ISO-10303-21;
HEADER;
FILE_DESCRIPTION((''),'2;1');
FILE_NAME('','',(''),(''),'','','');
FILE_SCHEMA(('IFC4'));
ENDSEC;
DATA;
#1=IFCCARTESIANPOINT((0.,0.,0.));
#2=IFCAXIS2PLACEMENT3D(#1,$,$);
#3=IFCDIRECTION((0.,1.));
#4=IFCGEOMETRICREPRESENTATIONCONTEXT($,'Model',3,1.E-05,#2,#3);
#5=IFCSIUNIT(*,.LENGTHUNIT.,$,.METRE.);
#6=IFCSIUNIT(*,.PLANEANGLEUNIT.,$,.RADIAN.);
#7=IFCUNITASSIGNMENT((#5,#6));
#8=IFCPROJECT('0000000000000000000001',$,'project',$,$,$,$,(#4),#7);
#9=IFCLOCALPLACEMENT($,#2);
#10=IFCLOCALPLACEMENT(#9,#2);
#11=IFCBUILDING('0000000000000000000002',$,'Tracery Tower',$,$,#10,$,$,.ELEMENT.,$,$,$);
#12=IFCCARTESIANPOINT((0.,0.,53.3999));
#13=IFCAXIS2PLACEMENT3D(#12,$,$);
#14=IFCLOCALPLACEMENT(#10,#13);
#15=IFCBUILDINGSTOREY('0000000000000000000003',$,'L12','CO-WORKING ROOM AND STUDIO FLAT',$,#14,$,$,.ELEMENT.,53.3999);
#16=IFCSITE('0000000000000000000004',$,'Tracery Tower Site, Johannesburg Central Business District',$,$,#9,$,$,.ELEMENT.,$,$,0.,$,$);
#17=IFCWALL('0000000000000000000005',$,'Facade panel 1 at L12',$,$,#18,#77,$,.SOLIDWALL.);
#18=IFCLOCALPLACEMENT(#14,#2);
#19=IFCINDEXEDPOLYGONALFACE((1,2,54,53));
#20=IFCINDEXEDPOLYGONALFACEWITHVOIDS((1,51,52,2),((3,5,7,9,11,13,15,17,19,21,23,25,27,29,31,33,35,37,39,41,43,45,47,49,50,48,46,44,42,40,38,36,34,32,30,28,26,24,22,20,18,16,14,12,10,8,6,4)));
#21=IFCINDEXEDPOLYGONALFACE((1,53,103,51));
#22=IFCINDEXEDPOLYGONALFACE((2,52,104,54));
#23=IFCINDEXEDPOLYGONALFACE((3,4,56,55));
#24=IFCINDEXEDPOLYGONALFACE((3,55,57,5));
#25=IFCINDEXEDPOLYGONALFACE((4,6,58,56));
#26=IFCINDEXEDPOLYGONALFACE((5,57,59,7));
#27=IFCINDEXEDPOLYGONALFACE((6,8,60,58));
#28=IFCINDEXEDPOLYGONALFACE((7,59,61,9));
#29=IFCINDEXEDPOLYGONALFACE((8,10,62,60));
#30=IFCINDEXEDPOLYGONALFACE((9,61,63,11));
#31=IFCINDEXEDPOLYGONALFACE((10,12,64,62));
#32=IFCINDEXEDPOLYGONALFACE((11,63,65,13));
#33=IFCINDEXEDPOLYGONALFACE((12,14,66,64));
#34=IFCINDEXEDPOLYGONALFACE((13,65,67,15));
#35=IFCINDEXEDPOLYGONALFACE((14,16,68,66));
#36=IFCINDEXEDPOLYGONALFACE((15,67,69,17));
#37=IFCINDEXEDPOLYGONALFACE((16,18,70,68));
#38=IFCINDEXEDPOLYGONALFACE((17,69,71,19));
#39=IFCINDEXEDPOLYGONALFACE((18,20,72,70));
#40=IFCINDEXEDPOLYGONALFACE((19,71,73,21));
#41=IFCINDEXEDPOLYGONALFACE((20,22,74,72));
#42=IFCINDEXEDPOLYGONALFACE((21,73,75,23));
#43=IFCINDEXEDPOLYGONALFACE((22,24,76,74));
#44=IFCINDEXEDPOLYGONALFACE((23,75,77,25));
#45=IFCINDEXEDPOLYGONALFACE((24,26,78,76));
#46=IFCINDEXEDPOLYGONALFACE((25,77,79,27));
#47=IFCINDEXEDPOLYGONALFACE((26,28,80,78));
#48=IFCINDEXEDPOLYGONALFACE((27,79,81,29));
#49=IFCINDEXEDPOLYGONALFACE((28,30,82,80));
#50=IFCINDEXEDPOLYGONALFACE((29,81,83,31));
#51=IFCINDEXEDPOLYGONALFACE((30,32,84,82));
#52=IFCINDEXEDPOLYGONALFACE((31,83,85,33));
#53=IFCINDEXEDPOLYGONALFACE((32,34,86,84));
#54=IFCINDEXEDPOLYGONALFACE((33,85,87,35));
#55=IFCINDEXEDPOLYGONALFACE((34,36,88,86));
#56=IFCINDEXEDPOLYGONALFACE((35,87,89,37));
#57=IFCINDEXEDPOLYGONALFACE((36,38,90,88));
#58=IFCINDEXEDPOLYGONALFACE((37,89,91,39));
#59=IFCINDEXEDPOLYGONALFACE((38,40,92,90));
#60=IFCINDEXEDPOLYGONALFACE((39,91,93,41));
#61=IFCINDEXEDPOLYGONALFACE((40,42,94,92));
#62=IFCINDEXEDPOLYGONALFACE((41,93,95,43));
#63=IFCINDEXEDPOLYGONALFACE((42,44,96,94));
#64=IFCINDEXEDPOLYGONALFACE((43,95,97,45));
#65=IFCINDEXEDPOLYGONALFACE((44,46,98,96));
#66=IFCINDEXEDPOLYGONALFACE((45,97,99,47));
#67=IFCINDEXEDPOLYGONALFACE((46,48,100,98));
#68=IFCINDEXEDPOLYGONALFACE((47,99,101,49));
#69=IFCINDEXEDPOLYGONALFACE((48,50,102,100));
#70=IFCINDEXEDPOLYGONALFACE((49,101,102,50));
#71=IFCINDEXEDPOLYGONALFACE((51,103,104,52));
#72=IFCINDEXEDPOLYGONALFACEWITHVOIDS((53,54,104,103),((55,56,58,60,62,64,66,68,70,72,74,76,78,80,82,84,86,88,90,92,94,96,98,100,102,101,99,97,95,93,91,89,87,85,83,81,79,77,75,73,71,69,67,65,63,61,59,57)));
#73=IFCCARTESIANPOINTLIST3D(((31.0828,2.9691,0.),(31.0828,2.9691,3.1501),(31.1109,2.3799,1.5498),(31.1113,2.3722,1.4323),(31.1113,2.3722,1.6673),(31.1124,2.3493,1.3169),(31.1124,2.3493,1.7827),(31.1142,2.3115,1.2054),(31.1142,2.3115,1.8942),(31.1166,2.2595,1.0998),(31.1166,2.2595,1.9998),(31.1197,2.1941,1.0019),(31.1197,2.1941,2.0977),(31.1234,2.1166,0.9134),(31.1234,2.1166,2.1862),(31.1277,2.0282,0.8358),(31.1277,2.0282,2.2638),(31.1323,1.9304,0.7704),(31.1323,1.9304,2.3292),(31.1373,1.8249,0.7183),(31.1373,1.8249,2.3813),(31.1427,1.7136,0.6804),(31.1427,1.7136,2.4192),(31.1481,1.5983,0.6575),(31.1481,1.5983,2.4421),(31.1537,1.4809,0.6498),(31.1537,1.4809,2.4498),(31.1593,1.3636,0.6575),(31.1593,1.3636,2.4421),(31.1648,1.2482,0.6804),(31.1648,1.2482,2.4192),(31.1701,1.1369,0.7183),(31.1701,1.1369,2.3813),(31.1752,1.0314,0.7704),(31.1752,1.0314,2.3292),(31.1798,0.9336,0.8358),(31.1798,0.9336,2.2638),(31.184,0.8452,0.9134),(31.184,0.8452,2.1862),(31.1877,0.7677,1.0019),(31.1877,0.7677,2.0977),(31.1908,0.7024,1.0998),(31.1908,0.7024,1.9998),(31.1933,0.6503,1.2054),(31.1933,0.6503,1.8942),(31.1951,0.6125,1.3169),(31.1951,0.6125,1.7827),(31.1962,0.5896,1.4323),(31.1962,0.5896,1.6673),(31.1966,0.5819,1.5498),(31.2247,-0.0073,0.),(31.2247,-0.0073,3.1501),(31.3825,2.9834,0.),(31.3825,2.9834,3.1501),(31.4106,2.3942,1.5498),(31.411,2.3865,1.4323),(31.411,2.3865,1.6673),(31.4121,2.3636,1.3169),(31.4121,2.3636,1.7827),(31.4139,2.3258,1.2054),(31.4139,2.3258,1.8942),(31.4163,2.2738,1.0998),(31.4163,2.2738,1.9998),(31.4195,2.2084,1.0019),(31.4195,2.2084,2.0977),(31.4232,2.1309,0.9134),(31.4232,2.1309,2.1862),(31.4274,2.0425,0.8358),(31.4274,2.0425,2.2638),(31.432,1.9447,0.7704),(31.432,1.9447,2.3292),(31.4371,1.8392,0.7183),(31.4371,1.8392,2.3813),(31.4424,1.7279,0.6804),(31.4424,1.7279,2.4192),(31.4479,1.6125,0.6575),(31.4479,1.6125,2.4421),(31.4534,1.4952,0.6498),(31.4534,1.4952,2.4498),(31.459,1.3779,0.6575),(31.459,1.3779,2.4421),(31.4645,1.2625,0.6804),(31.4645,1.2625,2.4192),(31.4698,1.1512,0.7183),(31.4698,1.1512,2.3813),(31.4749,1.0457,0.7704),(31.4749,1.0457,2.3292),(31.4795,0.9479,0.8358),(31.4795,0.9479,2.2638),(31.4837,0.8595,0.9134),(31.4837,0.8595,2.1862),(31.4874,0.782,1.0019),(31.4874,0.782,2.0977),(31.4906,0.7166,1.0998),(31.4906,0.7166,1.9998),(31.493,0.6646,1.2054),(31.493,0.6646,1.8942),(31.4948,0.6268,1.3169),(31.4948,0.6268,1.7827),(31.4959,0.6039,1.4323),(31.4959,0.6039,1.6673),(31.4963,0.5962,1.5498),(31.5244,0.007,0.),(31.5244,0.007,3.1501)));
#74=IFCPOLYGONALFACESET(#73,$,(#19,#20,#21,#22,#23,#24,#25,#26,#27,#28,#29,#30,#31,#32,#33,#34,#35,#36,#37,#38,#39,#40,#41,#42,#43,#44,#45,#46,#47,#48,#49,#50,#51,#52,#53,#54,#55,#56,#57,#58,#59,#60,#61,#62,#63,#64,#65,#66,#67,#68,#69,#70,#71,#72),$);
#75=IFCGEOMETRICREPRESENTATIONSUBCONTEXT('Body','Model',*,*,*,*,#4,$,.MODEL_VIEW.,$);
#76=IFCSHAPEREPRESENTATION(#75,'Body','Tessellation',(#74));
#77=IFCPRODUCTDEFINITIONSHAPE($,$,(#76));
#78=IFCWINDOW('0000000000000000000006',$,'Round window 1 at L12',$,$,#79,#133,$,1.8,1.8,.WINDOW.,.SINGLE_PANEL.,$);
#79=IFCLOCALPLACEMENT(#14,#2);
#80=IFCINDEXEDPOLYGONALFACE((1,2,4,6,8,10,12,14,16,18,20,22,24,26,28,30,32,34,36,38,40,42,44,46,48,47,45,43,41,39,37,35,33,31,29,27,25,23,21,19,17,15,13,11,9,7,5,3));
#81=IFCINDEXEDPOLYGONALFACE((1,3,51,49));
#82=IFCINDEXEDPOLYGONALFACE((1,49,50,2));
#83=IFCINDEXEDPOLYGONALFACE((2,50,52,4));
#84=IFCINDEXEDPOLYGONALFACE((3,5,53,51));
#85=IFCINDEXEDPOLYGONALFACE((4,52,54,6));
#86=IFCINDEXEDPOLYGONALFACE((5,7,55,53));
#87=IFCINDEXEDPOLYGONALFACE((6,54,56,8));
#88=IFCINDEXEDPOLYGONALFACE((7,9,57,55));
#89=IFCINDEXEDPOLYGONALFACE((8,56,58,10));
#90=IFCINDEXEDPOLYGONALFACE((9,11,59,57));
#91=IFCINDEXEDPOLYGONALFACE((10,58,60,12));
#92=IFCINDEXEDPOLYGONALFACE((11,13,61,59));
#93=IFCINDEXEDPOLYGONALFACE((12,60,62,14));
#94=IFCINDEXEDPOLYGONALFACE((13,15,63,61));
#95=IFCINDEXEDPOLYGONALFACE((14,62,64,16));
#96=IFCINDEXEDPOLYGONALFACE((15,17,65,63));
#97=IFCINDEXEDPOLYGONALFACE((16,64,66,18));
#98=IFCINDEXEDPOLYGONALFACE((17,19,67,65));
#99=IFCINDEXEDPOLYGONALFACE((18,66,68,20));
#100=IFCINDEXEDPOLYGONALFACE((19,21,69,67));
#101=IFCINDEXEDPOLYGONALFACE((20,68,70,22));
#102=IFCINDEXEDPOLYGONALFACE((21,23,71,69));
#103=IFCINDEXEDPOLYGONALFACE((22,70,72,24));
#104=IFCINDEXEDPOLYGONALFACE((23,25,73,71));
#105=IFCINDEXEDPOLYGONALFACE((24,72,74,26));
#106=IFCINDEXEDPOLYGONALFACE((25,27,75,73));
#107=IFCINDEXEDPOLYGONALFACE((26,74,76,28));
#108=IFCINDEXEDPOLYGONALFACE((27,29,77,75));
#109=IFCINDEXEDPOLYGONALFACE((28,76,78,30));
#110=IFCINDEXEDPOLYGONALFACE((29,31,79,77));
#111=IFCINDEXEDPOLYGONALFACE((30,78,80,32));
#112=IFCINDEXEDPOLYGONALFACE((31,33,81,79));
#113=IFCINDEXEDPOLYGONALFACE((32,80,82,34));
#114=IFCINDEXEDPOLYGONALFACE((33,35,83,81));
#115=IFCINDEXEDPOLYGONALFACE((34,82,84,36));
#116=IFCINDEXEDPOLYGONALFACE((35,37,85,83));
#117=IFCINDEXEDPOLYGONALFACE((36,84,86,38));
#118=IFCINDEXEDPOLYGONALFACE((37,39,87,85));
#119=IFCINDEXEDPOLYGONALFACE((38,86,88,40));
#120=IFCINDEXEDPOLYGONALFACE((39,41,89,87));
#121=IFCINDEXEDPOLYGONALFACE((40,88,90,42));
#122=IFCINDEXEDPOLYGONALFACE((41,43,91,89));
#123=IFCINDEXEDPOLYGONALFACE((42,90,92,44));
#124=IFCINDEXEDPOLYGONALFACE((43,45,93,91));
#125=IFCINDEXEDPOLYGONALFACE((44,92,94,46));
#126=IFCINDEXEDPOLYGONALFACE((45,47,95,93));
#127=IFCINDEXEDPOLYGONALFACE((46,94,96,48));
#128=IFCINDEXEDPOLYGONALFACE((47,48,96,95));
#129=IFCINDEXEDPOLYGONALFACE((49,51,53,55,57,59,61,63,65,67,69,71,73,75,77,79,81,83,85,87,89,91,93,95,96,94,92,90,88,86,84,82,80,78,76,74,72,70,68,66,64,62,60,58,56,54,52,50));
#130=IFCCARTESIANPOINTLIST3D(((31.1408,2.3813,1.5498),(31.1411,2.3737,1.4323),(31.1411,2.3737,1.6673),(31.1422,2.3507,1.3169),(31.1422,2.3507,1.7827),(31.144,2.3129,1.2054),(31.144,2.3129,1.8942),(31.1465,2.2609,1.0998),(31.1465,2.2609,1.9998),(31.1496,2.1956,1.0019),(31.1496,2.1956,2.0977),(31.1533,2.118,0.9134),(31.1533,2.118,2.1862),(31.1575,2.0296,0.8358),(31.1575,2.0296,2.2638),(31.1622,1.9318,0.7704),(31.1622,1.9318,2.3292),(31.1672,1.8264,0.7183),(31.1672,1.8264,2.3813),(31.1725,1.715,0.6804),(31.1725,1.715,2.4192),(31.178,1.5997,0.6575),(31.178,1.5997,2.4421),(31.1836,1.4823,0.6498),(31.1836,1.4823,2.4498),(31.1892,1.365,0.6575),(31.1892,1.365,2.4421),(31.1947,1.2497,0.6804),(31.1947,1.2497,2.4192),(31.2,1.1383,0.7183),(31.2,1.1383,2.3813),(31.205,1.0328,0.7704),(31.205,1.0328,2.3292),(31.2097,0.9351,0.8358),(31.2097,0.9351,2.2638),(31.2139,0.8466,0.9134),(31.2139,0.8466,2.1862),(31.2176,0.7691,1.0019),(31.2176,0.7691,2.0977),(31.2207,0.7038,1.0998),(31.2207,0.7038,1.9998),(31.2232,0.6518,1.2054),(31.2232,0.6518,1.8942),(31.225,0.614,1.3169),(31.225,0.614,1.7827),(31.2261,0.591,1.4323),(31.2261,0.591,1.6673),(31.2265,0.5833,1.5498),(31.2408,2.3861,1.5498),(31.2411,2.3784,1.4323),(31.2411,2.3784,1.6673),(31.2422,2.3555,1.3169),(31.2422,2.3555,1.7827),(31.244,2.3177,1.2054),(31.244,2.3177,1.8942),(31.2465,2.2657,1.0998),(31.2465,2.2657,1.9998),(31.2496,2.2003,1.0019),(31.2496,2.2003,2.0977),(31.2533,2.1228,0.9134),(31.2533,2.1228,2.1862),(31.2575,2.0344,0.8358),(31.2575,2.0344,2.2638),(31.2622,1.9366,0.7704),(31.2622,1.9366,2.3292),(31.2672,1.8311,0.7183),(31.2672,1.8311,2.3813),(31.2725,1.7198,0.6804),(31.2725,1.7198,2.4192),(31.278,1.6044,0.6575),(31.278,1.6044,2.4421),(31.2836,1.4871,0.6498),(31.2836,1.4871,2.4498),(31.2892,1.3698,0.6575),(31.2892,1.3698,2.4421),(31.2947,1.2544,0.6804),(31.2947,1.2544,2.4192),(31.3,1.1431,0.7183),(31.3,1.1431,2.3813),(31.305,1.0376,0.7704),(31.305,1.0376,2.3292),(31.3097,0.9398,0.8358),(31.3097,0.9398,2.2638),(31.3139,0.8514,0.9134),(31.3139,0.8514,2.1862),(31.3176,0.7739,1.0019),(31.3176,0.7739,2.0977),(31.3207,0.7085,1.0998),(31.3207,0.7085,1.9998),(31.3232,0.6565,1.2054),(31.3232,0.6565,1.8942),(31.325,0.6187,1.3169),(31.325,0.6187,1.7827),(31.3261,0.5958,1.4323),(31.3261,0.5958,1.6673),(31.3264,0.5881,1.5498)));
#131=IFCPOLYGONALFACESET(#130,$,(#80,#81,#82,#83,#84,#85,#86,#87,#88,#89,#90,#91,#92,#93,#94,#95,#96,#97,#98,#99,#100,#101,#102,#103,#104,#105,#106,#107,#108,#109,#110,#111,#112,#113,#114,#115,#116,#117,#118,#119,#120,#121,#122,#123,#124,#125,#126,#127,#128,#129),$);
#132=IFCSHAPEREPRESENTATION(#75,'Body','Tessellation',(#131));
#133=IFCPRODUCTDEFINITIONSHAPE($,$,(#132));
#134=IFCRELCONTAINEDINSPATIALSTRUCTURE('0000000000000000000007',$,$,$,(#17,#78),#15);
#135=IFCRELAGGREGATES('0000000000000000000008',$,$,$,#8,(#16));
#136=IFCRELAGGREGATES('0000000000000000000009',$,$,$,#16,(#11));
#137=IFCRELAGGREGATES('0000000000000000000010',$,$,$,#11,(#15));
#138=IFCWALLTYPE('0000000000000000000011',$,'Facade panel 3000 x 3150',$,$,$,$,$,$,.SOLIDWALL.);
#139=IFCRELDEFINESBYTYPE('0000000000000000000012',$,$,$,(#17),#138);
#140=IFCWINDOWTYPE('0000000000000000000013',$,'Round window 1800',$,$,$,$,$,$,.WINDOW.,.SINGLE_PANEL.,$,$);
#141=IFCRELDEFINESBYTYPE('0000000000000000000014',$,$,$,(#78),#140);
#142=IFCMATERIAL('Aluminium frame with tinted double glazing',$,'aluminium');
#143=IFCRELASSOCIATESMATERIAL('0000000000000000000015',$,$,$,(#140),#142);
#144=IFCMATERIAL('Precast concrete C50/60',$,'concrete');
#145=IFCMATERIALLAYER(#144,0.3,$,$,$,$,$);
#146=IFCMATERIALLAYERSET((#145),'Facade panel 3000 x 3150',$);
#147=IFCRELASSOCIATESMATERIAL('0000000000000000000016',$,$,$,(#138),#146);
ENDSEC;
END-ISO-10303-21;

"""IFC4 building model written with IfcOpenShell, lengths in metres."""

from ifc_helpers import new_model, si_unit, direction, frame, frame_2d, origin, origin_2d, place, context, subcontext, project, spatial, rectangle, circle, extrude, material, layer, layer_set, type_object, element, fill, save


model = new_model("IFC4")

# Units and contexts
model_context = context("Model", 3, precision=1e-05, world=origin(), true_north=direction((0.0, 1.0)))
body_context = subcontext(model_context, "Body", "Model", "MODEL_VIEW")
ifc_project = project(units=[si_unit("LENGTHUNIT", "METRE"), si_unit("PLANEANGLEUNIT", "RADIAN")], contexts=[model_context])

# Site, building, storey
site_placement = place(None, origin())
site = spatial("IfcSite", under=ifc_project, at=site_placement, Name="Tracery Tower Site, Johannesburg Central Business District", CompositionType="ELEMENT", RefElevation=0.0)
building_placement = place(site_placement, origin())
building = spatial("IfcBuilding", under=site, at=building_placement, Name="Tracery Tower", CompositionType="ELEMENT")
storey_placement = place(building_placement, frame((0.0, 0.0, 53.3999)))
storey = spatial("IfcBuildingStorey", under=building, at=storey_placement, Name="L12", Description="CO-WORKING ROOM AND STUDIO FLAT", CompositionType="ELEMENT", Elevation=53.3999)

# Wall, opening, window
ifc_material_1 = material(Name="Aluminium frame with tinted double glazing", Category="aluminium")
window_type = type_object("IfcWindowType", Name="Round window 1800", PartitioningType="SINGLE_PANEL", PredefinedType="WINDOW", material=ifc_material_1)
ifc_material_2 = material(Name="Precast concrete C50/60", Category="concrete")
ifc_layer_1 = layer(ifc_material_2, 0.3)
ifc_layer_set_1 = layer_set([ifc_layer_1], Name="Facade panel 3000 x 3150")
wall_type_1 = type_object("IfcWallType", Name="Facade panel 3000 x 3150", PredefinedType="SOLIDWALL", material=ifc_layer_set_1)
wall_1_placement = place(storey_placement, frame((31.3745, 0.0, 0.0), z_axis=(0.0, 0.0, 1.0), x_axis=(-0.047604, 0.998866, 0.0)))
wall_1 = element("IfcWall", 1, at=wall_1_placement, inside=storey, type_object=wall_type_1, Name="Facade panel 1 at L12", PredefinedType="SOLIDWALL", context=body_context, shape_type="SweptSolid", body=[
    extrude(rectangle(XDim=2.9797, YDim=0.3, at=frame_2d((1.4897, 0.0))), origin(), (0.0, 0.0, 1.0), 3.1501),
])
opening_1_placement = place(wall_1_placement, frame((1.4897, 0.0, 1.5498)))
opening_1 = element("IfcOpeningElement", 2, at=opening_1_placement, cuts=wall_1, PredefinedType="OPENING", context=body_context, shape_type="SweptSolid", body=[
    extrude(circle(Radius=0.9, at=origin_2d()), frame((0.0, 0.1599, 0.0), z_axis=(0.0, -1.0, 0.0), x_axis=(1.0, 0.0, 0.0)), (0.0, 0.0, 1.0), 0.3201),
])
window_1_placement = place(opening_1_placement, origin())
window_1 = element("IfcWindow", 3, at=window_1_placement, inside=storey, type_object=window_type, Name="Round window 1 at L12", OverallHeight=1.8, OverallWidth=1.8, PartitioningType="SINGLE_PANEL", PredefinedType="WINDOW", context=body_context, shape_type="SweptSolid", body=[
    extrude(circle(Radius=0.9, at=origin_2d()), frame((0.0, 0.1201, 0.0), z_axis=(0.0, -1.0, 0.0), x_axis=(1.0, 0.0, 0.0)), (0.0, 0.0, 1.0), 0.1001),
])
fill(opening_1, window_1)

save(model, "model.ifc")
